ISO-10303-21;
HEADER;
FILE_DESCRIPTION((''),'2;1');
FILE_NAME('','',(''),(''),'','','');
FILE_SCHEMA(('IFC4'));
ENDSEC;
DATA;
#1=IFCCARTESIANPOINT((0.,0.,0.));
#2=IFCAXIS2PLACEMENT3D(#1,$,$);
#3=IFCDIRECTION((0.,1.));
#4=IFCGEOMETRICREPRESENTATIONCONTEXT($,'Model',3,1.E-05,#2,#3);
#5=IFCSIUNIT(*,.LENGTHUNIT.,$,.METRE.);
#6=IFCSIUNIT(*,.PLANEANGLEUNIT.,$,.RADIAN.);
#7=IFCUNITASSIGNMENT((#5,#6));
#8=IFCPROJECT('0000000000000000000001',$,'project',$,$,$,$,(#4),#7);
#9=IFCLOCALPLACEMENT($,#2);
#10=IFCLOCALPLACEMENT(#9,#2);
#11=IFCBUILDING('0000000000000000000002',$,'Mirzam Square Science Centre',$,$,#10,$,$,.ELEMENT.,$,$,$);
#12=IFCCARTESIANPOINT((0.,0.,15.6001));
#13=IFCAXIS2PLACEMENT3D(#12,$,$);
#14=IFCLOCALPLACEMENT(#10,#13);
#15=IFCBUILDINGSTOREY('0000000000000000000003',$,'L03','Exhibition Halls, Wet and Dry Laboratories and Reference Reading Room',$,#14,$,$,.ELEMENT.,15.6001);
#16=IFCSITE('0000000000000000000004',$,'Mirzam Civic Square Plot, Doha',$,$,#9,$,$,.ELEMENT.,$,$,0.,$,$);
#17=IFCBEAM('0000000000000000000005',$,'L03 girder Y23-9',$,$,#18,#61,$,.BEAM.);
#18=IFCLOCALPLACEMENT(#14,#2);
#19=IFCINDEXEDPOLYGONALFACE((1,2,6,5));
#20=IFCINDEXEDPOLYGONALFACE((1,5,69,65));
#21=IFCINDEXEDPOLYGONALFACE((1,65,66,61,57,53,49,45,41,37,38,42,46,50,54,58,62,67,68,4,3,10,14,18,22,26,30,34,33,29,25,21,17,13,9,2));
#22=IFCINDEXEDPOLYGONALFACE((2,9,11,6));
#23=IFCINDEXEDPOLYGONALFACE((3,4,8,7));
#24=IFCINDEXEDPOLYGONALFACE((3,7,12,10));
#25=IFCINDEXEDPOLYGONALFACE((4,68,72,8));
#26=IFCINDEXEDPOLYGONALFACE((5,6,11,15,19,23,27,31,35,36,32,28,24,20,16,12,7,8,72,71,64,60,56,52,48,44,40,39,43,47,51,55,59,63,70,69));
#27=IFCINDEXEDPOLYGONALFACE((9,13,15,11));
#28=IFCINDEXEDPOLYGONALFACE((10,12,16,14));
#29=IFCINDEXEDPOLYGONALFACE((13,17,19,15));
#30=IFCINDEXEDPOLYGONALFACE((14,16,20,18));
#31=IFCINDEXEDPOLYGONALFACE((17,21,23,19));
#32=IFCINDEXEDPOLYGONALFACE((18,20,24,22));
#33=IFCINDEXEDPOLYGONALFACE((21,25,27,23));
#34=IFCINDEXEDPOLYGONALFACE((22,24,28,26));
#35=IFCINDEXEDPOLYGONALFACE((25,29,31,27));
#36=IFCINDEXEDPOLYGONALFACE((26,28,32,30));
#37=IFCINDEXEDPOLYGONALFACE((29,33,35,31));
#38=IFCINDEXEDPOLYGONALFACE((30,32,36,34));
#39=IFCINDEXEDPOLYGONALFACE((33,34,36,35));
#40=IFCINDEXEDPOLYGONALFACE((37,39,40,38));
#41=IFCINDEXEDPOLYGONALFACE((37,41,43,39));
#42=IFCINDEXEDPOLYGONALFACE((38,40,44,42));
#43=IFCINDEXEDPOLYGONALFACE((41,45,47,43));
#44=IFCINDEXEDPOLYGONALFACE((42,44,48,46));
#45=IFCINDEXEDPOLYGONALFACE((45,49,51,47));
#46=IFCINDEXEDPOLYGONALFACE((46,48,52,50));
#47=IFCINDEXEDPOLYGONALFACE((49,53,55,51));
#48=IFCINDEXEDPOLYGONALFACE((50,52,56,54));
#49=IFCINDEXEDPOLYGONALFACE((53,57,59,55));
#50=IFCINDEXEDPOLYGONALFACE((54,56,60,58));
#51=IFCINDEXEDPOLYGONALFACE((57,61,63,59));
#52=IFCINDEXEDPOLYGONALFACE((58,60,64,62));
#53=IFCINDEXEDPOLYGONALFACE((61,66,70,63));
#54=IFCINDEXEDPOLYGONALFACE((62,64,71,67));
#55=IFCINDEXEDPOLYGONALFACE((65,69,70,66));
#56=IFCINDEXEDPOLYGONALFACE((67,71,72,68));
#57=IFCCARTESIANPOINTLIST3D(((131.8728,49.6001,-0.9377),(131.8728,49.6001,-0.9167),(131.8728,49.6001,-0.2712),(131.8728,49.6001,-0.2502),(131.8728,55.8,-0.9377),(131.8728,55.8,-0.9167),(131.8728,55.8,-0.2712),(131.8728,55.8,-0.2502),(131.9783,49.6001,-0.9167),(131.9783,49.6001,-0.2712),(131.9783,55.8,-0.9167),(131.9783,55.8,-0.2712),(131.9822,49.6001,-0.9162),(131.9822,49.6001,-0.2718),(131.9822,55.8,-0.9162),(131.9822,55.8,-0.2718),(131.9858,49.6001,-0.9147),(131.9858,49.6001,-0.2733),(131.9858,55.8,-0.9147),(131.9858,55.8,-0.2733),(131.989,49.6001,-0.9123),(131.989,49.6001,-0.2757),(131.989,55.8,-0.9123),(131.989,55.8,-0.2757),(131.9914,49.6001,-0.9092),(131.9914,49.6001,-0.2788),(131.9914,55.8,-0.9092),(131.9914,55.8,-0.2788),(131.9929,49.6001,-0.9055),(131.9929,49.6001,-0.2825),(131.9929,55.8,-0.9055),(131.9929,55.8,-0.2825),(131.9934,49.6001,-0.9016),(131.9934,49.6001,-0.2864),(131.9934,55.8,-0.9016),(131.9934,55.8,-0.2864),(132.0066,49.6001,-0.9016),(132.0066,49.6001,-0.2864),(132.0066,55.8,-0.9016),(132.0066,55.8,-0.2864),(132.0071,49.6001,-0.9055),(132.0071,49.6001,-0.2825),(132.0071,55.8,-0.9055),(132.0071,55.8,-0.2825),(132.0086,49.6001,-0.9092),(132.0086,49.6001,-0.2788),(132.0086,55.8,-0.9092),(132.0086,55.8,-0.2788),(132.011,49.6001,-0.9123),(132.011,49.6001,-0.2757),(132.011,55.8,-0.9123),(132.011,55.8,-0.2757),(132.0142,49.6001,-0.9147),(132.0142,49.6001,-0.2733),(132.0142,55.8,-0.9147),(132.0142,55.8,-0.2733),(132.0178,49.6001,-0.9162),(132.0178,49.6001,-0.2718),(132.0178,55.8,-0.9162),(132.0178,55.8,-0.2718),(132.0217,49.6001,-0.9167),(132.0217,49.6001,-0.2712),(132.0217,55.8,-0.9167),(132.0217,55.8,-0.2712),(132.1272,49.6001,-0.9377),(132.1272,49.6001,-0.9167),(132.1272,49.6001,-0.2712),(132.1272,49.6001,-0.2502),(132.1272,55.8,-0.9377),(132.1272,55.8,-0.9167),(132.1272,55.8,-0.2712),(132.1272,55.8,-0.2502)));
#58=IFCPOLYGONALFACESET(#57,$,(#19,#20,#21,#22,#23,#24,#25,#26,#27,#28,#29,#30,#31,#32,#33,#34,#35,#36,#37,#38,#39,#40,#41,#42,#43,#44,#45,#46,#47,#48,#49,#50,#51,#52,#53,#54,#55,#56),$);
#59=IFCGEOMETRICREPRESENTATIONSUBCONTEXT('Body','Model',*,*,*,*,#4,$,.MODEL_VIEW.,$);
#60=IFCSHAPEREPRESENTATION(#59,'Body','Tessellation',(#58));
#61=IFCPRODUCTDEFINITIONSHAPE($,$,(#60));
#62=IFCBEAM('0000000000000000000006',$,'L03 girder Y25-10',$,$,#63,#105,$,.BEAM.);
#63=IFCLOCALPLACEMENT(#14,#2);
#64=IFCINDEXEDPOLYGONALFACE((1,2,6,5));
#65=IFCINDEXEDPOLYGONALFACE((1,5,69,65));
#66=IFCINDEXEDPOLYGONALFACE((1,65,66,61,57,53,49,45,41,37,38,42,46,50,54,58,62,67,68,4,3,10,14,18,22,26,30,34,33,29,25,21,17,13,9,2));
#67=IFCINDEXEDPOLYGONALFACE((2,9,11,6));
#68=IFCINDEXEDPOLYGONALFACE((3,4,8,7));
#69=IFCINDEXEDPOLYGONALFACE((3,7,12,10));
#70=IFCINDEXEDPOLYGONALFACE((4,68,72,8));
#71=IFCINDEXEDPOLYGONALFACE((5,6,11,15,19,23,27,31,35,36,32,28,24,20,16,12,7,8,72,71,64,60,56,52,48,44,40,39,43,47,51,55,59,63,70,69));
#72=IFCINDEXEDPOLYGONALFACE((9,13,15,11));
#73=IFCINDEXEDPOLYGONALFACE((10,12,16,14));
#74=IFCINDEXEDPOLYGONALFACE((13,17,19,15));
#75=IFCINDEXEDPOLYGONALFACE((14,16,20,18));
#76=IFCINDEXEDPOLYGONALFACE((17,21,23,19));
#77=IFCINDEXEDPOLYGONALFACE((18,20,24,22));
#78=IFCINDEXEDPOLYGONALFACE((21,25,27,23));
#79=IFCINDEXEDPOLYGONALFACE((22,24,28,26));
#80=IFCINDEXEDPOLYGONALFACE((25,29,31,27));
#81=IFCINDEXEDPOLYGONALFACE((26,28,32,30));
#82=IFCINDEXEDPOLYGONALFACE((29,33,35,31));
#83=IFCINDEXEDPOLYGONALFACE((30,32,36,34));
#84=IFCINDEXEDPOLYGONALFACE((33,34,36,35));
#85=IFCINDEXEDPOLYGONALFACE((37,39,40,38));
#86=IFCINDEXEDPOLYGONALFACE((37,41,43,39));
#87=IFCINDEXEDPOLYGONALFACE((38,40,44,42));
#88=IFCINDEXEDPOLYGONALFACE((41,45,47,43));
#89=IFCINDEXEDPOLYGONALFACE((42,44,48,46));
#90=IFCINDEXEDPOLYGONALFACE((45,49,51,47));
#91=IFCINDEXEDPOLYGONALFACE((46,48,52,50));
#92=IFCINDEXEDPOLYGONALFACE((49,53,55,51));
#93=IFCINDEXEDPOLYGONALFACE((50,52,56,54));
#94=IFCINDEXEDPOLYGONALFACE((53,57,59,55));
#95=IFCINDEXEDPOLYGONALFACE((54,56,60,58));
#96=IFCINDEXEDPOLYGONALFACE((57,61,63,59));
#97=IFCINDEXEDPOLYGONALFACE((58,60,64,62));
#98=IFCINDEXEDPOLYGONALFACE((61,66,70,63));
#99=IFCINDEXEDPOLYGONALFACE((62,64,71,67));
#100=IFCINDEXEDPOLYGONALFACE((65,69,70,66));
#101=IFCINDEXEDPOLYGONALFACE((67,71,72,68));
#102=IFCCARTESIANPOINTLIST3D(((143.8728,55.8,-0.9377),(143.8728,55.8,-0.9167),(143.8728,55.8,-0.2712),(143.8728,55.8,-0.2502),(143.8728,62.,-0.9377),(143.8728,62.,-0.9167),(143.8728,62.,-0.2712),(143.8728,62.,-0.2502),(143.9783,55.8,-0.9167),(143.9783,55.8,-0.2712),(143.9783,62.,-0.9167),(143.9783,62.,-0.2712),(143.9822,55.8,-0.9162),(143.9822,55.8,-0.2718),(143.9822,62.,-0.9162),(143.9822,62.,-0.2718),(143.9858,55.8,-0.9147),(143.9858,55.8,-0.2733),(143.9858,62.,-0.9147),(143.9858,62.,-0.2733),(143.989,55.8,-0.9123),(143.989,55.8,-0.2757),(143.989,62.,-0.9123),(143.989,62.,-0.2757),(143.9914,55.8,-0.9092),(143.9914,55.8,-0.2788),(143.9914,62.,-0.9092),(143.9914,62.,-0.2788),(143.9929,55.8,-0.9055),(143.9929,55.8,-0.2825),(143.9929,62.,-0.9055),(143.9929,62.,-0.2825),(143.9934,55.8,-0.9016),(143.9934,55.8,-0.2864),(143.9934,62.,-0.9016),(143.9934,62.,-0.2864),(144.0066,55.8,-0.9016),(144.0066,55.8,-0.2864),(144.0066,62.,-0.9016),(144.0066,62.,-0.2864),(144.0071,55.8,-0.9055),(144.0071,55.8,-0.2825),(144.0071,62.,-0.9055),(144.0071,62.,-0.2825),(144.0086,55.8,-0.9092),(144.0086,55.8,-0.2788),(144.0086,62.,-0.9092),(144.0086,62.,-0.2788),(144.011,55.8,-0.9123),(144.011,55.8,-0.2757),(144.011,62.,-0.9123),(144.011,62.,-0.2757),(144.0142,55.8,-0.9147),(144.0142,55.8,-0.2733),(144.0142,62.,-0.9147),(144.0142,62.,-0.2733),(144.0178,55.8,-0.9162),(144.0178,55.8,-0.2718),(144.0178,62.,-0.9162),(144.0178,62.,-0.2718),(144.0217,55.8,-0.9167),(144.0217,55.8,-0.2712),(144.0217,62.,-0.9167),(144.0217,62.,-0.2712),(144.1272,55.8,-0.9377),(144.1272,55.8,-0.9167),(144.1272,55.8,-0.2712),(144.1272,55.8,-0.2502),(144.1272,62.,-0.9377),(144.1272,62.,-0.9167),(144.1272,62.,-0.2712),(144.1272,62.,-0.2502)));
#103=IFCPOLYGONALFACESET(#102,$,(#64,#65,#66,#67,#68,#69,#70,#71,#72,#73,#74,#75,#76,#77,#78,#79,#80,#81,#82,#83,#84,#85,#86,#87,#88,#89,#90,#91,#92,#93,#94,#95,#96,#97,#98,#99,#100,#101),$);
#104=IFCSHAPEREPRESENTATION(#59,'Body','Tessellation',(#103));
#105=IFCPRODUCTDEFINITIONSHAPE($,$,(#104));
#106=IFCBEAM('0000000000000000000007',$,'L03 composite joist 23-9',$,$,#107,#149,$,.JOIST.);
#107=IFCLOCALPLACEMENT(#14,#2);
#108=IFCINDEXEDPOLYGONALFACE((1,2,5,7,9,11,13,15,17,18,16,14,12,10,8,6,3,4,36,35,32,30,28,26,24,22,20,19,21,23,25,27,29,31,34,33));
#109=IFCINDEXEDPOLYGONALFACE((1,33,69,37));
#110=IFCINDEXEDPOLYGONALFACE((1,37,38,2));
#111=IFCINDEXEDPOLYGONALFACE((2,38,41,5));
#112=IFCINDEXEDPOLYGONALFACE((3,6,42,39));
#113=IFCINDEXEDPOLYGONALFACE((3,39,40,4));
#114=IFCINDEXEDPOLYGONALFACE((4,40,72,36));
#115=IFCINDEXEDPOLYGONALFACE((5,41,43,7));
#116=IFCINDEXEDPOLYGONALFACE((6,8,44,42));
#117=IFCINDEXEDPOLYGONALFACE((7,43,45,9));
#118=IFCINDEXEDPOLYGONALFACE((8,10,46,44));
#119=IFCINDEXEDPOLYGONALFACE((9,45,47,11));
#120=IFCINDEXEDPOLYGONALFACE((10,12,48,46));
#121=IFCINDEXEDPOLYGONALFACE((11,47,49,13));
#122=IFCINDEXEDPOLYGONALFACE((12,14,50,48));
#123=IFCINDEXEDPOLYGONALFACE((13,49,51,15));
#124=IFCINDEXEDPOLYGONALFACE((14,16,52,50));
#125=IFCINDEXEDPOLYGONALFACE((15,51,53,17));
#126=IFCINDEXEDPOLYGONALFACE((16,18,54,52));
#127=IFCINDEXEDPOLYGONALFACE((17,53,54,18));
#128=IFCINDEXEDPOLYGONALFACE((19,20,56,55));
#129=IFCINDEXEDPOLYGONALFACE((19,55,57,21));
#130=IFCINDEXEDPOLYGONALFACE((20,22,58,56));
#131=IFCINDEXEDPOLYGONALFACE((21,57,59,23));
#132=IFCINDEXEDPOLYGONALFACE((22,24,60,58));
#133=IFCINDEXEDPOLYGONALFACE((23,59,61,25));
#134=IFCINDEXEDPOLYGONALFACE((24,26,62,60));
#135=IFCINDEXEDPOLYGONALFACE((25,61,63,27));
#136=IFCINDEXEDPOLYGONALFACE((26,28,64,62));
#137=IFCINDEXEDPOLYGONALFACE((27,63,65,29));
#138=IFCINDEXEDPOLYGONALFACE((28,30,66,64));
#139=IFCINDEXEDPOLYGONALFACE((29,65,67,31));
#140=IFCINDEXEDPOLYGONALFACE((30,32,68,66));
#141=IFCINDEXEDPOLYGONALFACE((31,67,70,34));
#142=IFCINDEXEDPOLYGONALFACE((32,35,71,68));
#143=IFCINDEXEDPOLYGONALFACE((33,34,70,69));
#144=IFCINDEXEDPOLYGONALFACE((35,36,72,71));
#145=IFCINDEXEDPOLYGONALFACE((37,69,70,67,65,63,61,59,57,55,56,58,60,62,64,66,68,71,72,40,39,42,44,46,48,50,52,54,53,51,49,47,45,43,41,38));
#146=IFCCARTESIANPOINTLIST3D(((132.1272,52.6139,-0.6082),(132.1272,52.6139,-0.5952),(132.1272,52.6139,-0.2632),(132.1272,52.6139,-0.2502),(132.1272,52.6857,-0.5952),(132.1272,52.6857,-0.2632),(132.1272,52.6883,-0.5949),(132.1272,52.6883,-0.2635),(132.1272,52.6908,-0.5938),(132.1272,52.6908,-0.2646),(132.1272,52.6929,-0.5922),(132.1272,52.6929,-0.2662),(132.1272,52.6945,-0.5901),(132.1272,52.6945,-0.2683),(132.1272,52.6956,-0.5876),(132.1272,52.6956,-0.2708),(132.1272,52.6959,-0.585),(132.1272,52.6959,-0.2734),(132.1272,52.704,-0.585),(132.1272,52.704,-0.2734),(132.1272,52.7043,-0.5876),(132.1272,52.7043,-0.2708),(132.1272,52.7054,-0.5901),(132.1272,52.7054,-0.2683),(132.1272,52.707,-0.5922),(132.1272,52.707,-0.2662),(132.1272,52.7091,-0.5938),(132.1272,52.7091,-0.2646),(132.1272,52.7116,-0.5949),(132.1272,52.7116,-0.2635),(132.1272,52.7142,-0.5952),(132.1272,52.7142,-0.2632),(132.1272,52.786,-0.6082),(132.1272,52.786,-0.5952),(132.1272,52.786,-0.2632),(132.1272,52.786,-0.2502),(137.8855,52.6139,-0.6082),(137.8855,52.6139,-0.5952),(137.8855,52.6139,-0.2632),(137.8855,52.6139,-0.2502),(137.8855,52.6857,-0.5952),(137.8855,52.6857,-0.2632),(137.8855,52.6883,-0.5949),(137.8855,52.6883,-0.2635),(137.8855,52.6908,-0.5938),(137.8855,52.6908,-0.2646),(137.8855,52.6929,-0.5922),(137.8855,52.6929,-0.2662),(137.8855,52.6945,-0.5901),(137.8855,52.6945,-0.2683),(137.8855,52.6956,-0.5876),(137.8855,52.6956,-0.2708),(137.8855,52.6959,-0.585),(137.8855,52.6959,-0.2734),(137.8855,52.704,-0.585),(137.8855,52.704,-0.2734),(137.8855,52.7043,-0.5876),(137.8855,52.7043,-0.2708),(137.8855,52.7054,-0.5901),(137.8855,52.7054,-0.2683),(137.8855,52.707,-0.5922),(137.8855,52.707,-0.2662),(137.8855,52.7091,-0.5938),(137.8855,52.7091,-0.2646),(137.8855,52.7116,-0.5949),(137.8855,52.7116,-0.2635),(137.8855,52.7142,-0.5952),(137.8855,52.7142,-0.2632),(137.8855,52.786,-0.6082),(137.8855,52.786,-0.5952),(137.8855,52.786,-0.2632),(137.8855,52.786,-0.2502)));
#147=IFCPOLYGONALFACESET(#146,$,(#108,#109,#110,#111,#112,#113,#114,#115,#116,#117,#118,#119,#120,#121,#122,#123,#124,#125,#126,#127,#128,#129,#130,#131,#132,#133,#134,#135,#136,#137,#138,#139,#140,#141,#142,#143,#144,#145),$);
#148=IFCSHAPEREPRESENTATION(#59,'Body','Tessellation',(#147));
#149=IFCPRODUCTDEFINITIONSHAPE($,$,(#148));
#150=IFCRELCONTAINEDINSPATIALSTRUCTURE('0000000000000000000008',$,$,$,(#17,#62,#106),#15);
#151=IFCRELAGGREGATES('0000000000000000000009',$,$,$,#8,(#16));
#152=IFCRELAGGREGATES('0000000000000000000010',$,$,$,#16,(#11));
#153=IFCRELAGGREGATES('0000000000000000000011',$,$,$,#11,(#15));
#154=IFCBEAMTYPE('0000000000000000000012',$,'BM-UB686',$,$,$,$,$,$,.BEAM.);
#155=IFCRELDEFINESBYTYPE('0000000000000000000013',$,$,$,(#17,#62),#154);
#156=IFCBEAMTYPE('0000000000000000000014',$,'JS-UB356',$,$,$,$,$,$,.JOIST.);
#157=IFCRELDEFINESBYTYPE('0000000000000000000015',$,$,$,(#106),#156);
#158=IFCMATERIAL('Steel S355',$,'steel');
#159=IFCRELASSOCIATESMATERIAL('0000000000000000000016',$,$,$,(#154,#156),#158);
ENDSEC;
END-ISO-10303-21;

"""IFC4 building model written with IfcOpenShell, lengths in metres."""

from ifc_helpers import new_model, si_unit, direction, frame, origin, origin_2d, place, context, subcontext, project, spatial, i_section, extrude, material, material_profile, profile_set, type_object, element, save


model = new_model("IFC4")

# Units and contexts
model_context = context("Model", 3, precision=1e-05, world=origin(), true_north=direction((0.0, 1.0)))
body_context = subcontext(model_context, "Body", "Model", "MODEL_VIEW")
ifc_project = project(units=[si_unit("LENGTHUNIT", "METRE"), si_unit("PLANEANGLEUNIT", "RADIAN")], contexts=[model_context])

# Site, building, storey
site_placement = place(None, origin())
site = spatial("IfcSite", under=ifc_project, at=site_placement, Name="Mirzam Civic Square Plot, Doha", CompositionType="ELEMENT", RefElevation=0.0)
building_placement = place(site_placement, origin())
building = spatial("IfcBuilding", under=site, at=building_placement, Name="Mirzam Square Science Centre", CompositionType="ELEMENT")
storey_placement = place(building_placement, frame((0.0, 0.0, 15.6001)))
storey = spatial("IfcBuildingStorey", under=building, at=storey_placement, Name="L03", Description="Exhibition Halls, Wet and Dry Laboratories and Reference Reading Room", CompositionType="ELEMENT", Elevation=15.6001)

# Shared definitions
ifc_material_1 = material(Name="Steel S355", Category="steel")

# Beams
ifc_material_profile_1 = material_profile(ifc_material_1, i_section(OverallWidth=0.2544, OverallDepth=0.6875, WebThickness=0.0132, FlangeThickness=0.021, FilletRadius=0.0151, at=origin_2d()), Name="686x254x152UB")
ifc_profile_set_1 = profile_set([ifc_material_profile_1], Name="Steel S355")
beam_type_1 = type_object("IfcBeamType", Name="BM-UB686", PredefinedType="BEAM", material=ifc_profile_set_1)
for number, where, z_axis, x_axis, name in (
    (1, (132.0, 49.6001, -0.594), (0.0, 1.0, 0.0), (-1.0, 0.0, 0.0), "L03 girder Y23-9"),
    (2, (144.0, 55.8, -0.594), (0.0, 1.0, 0.0), (-1.0, 0.0, 0.0), "L03 girder Y25-10"),
):
    element("IfcBeam", number, at=place(storey_placement, frame(where, z_axis=z_axis, x_axis=x_axis)), inside=storey, type_object=beam_type_1, Name=name, PredefinedType="BEAM", context=body_context, shape_type="SweptSolid", body=[
        extrude(i_section(OverallWidth=0.2544, OverallDepth=0.6875, WebThickness=0.0132, FlangeThickness=0.021, FilletRadius=0.0151, at=origin_2d()), origin(), (0.0, 0.0, 1.0), 6.2),
    ])
ifc_material_profile_2 = material_profile(ifc_material_1, i_section(OverallWidth=0.1721, OverallDepth=0.3579, WebThickness=0.0081, FlangeThickness=0.0129, FilletRadius=0.0103, at=origin_2d()), Name="356x171x57UB")
ifc_profile_set_2 = profile_set([ifc_material_profile_2], Name="Steel S355")
beam_type_2 = type_object("IfcBeamType", Name="JS-UB356", PredefinedType="JOIST", material=ifc_profile_set_2)
beam_1_placement = place(storey_placement, frame((132.1272, 52.7, -0.4292), z_axis=(1.0, 0.0, 0.0), x_axis=(0.0, 1.0, 0.0)))
element("IfcBeam", 3, at=beam_1_placement, inside=storey, type_object=beam_type_2, Name="L03 composite joist 23-9", PredefinedType="JOIST", context=body_context, shape_type="SweptSolid", body=[
    extrude(i_section(OverallWidth=0.1721, OverallDepth=0.3579, WebThickness=0.0081, FlangeThickness=0.0129, FilletRadius=0.0103, at=origin_2d()), origin(), (0.0, 0.0, 1.0), 5.7583),
])

save(model, "model.ifc")
